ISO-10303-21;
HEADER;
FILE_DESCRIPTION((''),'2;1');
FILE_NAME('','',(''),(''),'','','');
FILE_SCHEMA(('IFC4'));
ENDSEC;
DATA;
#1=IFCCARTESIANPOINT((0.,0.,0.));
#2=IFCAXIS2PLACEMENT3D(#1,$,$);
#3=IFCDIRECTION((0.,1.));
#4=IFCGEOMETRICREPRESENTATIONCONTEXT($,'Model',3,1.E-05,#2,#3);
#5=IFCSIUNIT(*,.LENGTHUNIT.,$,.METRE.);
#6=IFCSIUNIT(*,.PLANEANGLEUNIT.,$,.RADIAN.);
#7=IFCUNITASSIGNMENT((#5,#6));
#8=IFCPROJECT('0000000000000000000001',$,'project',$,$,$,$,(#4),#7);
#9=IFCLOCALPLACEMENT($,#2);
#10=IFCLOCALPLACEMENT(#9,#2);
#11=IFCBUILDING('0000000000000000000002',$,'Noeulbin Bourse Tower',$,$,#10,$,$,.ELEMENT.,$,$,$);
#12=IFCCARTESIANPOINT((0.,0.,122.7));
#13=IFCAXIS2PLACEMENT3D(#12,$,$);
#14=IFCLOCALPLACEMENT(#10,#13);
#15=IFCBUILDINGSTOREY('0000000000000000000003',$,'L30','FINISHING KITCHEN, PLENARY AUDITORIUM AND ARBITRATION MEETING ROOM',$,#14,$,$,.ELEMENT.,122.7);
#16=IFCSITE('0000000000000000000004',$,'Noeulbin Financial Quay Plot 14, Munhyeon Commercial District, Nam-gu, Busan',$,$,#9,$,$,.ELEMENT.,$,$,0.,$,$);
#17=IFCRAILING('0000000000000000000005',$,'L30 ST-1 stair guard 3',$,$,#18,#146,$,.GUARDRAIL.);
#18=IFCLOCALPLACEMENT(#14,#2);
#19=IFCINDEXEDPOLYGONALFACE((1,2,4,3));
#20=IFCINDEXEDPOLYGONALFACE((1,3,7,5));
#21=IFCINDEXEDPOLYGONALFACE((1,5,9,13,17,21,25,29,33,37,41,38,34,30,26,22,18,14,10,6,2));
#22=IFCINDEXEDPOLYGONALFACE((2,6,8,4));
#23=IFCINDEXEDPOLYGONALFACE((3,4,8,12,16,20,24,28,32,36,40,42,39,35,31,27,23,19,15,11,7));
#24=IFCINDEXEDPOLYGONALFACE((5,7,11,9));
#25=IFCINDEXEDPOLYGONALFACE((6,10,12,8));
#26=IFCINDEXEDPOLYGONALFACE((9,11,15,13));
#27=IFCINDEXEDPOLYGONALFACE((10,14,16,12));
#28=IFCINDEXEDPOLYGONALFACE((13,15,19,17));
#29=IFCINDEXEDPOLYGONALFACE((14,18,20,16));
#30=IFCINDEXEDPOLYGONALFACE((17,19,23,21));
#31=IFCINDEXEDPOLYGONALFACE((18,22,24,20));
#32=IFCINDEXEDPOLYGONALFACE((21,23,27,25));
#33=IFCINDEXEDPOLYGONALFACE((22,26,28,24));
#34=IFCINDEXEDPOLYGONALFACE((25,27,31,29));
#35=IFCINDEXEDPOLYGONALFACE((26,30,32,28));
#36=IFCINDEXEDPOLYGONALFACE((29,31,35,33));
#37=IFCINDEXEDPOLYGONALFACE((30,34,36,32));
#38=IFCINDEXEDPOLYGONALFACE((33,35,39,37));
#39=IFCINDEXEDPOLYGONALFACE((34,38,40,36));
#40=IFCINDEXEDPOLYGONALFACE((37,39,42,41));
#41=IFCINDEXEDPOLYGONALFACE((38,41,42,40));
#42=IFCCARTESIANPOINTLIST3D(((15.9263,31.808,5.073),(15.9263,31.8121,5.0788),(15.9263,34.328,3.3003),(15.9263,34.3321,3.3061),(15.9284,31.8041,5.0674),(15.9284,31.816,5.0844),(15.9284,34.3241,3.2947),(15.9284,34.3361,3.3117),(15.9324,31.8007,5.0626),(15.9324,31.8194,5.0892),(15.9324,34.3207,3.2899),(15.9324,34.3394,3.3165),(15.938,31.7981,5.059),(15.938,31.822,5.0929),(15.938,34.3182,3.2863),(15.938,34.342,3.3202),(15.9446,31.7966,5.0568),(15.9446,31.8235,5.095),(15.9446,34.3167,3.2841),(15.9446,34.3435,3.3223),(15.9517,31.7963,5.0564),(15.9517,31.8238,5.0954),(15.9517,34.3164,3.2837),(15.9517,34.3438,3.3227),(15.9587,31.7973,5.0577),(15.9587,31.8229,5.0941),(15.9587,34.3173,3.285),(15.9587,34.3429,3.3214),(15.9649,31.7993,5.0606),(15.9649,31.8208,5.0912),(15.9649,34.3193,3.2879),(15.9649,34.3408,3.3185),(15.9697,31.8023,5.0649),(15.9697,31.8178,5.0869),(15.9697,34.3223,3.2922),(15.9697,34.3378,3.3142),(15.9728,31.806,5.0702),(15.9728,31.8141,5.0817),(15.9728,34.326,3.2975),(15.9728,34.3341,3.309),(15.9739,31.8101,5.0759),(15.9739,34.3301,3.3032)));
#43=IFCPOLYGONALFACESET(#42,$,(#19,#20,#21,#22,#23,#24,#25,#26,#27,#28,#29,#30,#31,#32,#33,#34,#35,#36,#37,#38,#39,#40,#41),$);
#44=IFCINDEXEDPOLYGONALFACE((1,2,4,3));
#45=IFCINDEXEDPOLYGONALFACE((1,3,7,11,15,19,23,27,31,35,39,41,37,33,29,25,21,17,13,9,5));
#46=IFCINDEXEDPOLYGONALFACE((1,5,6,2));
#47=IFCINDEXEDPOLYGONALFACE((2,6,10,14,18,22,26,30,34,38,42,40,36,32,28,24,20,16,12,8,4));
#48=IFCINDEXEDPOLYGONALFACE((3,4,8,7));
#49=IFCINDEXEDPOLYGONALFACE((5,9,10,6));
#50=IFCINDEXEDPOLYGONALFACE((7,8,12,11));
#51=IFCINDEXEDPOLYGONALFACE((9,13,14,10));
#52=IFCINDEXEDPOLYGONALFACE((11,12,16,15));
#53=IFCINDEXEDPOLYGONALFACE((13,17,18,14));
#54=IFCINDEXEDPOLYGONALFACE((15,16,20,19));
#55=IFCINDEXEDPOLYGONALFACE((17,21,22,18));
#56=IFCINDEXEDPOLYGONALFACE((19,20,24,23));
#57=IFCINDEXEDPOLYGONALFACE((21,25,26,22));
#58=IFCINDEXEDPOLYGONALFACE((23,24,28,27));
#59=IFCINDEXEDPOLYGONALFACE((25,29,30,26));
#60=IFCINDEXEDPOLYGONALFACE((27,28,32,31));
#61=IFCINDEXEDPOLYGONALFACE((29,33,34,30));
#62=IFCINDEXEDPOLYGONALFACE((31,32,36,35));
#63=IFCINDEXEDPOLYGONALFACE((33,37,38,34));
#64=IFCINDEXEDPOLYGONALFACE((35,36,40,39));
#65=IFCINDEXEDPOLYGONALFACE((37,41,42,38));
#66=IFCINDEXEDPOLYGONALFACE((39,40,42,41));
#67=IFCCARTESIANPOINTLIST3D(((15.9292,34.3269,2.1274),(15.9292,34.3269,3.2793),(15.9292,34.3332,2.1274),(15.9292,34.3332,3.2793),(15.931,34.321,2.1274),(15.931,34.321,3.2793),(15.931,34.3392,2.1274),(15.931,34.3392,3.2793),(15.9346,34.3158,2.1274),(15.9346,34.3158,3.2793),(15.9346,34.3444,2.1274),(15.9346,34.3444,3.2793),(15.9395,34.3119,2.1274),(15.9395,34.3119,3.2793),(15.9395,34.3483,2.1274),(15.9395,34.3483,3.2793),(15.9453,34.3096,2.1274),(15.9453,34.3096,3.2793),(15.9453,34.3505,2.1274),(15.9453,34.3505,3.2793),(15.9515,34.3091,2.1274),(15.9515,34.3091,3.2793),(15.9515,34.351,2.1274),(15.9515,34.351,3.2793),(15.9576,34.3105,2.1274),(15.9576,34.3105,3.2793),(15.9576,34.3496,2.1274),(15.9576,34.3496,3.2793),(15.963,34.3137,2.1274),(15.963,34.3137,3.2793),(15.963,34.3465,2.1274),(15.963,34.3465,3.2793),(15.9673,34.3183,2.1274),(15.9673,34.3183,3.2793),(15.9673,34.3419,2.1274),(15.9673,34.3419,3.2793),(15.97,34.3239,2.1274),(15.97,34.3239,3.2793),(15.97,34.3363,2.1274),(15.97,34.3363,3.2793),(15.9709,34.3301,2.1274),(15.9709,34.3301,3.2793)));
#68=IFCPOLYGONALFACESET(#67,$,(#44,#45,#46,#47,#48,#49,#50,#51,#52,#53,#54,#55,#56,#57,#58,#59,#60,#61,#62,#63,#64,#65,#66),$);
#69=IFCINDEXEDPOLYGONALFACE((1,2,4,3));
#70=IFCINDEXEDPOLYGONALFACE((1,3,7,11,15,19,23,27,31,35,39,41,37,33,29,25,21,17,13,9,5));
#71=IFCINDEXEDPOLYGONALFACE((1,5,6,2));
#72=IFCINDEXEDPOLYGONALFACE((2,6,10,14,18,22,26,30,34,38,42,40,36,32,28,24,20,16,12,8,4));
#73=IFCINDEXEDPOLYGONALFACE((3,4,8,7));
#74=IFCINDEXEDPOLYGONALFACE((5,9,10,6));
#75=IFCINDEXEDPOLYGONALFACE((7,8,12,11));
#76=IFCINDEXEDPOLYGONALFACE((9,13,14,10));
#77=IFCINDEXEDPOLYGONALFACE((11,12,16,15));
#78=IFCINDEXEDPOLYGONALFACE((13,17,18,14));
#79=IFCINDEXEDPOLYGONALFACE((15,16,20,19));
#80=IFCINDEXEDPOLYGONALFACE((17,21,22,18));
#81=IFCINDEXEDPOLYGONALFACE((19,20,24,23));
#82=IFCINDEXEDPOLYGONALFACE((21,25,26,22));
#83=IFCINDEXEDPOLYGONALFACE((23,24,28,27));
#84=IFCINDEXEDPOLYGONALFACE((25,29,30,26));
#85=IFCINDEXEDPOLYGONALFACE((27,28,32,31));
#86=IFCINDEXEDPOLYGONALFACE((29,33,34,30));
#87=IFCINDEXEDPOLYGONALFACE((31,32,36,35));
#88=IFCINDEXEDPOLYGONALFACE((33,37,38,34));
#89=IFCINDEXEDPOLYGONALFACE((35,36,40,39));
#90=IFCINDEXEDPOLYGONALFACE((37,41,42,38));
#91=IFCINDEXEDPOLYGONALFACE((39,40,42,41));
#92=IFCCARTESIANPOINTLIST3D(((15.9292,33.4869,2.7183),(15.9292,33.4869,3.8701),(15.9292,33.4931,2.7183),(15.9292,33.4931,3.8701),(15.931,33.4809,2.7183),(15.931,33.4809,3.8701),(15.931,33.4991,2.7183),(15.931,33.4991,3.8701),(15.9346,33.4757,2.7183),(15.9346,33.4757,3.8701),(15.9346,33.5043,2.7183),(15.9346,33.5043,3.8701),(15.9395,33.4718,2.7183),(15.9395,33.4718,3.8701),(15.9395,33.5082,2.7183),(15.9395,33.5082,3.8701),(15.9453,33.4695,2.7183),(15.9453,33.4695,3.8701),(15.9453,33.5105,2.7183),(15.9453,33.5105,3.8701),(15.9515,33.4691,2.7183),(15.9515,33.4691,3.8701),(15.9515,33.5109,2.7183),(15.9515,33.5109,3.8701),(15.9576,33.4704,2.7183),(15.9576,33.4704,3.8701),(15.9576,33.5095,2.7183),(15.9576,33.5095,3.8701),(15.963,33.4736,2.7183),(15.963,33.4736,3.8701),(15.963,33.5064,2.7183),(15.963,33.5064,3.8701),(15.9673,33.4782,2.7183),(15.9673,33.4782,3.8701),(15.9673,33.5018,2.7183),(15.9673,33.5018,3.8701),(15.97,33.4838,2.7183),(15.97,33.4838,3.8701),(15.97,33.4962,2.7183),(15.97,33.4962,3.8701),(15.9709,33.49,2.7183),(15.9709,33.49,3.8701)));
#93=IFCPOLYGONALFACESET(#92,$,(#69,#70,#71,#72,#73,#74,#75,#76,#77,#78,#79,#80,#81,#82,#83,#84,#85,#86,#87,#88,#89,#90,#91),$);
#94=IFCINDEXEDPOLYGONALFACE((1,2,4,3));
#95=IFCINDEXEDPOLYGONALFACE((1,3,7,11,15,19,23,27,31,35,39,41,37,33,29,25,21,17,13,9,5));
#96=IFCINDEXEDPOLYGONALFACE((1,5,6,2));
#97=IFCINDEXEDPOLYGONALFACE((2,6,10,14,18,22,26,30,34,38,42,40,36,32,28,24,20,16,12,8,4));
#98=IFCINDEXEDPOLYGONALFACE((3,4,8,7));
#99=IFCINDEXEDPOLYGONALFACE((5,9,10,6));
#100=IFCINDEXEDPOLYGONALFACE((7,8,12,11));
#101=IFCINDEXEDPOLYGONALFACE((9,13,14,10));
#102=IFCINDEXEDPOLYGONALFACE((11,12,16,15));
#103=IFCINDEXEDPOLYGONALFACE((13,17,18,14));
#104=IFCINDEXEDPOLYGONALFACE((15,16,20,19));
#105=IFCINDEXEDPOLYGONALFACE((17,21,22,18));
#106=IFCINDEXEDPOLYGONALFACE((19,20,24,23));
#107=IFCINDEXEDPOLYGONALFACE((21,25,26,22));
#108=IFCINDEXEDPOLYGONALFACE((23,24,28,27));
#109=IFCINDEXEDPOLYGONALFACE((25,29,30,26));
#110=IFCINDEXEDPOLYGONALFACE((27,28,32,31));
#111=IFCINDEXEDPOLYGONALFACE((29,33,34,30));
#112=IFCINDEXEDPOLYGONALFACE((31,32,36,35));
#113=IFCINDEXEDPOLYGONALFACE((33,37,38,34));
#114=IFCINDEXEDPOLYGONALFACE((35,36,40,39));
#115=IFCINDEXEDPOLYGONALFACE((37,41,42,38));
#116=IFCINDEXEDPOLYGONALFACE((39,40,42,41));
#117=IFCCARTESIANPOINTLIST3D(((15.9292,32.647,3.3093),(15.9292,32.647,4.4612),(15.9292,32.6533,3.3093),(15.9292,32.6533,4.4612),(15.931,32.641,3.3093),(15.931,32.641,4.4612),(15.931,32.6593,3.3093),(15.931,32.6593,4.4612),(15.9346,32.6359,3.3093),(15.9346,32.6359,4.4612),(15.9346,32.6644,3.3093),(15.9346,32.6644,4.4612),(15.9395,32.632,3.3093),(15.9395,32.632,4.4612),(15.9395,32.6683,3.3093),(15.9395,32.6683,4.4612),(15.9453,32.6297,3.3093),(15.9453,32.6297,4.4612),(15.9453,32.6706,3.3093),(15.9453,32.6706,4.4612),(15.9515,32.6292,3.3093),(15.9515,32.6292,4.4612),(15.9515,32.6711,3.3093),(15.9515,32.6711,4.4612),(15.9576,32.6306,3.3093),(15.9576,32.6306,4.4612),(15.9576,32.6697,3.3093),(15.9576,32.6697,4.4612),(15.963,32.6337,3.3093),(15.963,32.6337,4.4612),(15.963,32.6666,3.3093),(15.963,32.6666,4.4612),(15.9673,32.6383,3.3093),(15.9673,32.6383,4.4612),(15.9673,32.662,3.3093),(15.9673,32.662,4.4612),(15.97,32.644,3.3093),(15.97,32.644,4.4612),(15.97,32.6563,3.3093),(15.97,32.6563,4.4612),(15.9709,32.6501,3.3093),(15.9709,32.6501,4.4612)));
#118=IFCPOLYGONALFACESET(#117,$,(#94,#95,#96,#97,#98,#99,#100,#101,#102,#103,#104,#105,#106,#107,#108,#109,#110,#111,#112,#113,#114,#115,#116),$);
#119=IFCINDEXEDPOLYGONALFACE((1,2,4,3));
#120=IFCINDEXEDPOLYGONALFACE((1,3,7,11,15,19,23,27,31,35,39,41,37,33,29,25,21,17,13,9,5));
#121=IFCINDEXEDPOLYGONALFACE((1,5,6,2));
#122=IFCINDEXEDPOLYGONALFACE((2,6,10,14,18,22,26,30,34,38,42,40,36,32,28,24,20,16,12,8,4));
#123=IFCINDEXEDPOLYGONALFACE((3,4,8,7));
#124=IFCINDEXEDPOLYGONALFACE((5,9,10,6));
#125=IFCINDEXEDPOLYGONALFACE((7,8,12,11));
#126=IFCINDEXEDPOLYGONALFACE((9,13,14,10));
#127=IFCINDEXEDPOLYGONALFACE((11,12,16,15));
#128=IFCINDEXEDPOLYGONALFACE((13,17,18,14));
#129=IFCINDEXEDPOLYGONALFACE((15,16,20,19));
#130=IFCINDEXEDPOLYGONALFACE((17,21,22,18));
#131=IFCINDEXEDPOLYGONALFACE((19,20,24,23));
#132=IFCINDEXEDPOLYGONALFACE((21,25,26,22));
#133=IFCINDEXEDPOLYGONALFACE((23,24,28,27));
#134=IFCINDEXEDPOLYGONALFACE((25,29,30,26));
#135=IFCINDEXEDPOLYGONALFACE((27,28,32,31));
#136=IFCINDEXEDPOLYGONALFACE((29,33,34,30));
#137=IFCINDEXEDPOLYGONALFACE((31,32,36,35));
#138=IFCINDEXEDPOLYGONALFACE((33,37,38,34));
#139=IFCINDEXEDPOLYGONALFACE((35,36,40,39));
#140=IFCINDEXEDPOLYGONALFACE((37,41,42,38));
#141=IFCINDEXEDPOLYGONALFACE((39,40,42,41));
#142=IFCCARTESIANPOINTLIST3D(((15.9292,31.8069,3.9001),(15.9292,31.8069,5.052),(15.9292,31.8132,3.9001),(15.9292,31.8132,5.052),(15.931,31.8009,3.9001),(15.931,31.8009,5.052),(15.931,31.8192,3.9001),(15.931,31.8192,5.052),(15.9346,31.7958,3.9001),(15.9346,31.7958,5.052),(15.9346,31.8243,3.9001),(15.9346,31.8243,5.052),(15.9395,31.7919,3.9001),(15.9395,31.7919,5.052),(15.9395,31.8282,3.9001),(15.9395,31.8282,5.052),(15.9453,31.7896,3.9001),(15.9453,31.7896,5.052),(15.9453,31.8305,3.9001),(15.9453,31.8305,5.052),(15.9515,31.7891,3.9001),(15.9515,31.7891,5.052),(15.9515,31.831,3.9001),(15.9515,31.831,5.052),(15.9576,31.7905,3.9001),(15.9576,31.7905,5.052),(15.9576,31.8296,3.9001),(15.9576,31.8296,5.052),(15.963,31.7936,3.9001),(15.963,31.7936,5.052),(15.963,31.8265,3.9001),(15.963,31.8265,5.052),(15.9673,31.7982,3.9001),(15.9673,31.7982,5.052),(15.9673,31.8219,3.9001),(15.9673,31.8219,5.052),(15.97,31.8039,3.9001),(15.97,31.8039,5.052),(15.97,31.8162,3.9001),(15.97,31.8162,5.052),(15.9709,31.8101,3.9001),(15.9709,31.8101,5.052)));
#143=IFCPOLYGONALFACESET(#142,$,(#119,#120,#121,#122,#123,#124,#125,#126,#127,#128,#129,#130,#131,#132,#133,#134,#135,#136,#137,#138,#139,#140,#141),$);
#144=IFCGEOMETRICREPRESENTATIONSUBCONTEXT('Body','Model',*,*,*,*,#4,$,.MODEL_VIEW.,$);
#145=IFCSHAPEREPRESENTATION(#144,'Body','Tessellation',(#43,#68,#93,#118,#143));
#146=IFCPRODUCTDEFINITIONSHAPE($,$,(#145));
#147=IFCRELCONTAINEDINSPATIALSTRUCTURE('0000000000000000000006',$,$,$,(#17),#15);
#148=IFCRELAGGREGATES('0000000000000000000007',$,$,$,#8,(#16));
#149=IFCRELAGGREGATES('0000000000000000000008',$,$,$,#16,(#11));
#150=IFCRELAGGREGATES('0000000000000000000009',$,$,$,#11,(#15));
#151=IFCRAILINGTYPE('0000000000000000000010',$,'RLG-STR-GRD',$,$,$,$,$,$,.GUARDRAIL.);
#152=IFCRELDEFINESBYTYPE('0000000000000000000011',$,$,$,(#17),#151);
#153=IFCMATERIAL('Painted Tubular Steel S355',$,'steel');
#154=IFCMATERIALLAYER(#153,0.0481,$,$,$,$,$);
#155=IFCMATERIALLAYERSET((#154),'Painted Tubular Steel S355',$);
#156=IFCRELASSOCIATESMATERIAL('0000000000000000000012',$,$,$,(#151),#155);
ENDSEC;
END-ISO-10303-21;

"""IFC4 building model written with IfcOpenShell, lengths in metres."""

from ifc_helpers import new_model, si_unit, direction, frame, origin, origin_2d, place, context, subcontext, project, spatial, circle, extrude, material, layer, layer_set, type_object, element, save


model = new_model("IFC4")

# Units and contexts
model_context = context("Model", 3, precision=1e-05, world=origin(), true_north=direction((0.0, 1.0)))
body_context = subcontext(model_context, "Body", "Model", "MODEL_VIEW")
ifc_project = project(units=[si_unit("LENGTHUNIT", "METRE"), si_unit("PLANEANGLEUNIT", "RADIAN")], contexts=[model_context])

# Site, building, storey
site_placement = place(None, origin())
site = spatial("IfcSite", under=ifc_project, at=site_placement, Name="Noeulbin Financial Quay Plot 14, Munhyeon Commercial District, Nam-gu, Busan", CompositionType="ELEMENT", RefElevation=0.0)
building_placement = place(site_placement, origin())
building = spatial("IfcBuilding", under=site, at=building_placement, Name="Noeulbin Bourse Tower", CompositionType="ELEMENT")
storey_placement = place(building_placement, frame((0.0, 0.0, 122.7)))
storey = spatial("IfcBuildingStorey", under=building, at=storey_placement, Name="L30", Description="FINISHING KITCHEN, PLENARY AUDITORIUM AND ARBITRATION MEETING ROOM", CompositionType="ELEMENT", Elevation=122.7)

# Railing
ifc_material_1 = material(Name="Painted Tubular Steel S355", Category="steel")
ifc_layer_1 = layer(ifc_material_1, 0.0481)
ifc_layer_set_1 = layer_set([ifc_layer_1], Name="Painted Tubular Steel S355")
railing_type = type_object("IfcRailingType", Name="RLG-STR-GRD", PredefinedType="GUARDRAIL", material=ifc_layer_set_1)
railing_1_placement = place(storey_placement, frame((15.95, 34.3301, 2.1274)))
element("IfcRailing", 1, at=railing_1_placement, inside=storey, type_object=railing_type, Name="L30 ST-1 stair guard 3", PredefinedType="GUARDRAIL", context=body_context, shape_type="SweptSolid", body=[
    extrude(circle(Radius=0.0239, at=origin_2d()), frame((0.0, 0.0, 1.1758), z_axis=(0.0, -0.817904, 0.575354), x_axis=(1.0, 0.0, 0.0)), (0.0, 0.0, 1.0), 3.0811),
    extrude(circle(Radius=0.021, at=origin_2d()), origin(), (0.0, 0.0, 1.0), 1.1519),
    extrude(circle(Radius=0.021, at=origin_2d()), frame((0.0, -0.8401, 0.5908)), (0.0, 0.0, 1.0), 1.1519),
    extrude(circle(Radius=0.021, at=origin_2d()), frame((0.0, -1.6799, 1.1819)), (0.0, 0.0, 1.0), 1.1519),
    extrude(circle(Radius=0.021, at=origin_2d()), frame((0.0, -2.52, 1.7727)), (0.0, 0.0, 1.0), 1.1519),
])

save(model, "model.ifc")
